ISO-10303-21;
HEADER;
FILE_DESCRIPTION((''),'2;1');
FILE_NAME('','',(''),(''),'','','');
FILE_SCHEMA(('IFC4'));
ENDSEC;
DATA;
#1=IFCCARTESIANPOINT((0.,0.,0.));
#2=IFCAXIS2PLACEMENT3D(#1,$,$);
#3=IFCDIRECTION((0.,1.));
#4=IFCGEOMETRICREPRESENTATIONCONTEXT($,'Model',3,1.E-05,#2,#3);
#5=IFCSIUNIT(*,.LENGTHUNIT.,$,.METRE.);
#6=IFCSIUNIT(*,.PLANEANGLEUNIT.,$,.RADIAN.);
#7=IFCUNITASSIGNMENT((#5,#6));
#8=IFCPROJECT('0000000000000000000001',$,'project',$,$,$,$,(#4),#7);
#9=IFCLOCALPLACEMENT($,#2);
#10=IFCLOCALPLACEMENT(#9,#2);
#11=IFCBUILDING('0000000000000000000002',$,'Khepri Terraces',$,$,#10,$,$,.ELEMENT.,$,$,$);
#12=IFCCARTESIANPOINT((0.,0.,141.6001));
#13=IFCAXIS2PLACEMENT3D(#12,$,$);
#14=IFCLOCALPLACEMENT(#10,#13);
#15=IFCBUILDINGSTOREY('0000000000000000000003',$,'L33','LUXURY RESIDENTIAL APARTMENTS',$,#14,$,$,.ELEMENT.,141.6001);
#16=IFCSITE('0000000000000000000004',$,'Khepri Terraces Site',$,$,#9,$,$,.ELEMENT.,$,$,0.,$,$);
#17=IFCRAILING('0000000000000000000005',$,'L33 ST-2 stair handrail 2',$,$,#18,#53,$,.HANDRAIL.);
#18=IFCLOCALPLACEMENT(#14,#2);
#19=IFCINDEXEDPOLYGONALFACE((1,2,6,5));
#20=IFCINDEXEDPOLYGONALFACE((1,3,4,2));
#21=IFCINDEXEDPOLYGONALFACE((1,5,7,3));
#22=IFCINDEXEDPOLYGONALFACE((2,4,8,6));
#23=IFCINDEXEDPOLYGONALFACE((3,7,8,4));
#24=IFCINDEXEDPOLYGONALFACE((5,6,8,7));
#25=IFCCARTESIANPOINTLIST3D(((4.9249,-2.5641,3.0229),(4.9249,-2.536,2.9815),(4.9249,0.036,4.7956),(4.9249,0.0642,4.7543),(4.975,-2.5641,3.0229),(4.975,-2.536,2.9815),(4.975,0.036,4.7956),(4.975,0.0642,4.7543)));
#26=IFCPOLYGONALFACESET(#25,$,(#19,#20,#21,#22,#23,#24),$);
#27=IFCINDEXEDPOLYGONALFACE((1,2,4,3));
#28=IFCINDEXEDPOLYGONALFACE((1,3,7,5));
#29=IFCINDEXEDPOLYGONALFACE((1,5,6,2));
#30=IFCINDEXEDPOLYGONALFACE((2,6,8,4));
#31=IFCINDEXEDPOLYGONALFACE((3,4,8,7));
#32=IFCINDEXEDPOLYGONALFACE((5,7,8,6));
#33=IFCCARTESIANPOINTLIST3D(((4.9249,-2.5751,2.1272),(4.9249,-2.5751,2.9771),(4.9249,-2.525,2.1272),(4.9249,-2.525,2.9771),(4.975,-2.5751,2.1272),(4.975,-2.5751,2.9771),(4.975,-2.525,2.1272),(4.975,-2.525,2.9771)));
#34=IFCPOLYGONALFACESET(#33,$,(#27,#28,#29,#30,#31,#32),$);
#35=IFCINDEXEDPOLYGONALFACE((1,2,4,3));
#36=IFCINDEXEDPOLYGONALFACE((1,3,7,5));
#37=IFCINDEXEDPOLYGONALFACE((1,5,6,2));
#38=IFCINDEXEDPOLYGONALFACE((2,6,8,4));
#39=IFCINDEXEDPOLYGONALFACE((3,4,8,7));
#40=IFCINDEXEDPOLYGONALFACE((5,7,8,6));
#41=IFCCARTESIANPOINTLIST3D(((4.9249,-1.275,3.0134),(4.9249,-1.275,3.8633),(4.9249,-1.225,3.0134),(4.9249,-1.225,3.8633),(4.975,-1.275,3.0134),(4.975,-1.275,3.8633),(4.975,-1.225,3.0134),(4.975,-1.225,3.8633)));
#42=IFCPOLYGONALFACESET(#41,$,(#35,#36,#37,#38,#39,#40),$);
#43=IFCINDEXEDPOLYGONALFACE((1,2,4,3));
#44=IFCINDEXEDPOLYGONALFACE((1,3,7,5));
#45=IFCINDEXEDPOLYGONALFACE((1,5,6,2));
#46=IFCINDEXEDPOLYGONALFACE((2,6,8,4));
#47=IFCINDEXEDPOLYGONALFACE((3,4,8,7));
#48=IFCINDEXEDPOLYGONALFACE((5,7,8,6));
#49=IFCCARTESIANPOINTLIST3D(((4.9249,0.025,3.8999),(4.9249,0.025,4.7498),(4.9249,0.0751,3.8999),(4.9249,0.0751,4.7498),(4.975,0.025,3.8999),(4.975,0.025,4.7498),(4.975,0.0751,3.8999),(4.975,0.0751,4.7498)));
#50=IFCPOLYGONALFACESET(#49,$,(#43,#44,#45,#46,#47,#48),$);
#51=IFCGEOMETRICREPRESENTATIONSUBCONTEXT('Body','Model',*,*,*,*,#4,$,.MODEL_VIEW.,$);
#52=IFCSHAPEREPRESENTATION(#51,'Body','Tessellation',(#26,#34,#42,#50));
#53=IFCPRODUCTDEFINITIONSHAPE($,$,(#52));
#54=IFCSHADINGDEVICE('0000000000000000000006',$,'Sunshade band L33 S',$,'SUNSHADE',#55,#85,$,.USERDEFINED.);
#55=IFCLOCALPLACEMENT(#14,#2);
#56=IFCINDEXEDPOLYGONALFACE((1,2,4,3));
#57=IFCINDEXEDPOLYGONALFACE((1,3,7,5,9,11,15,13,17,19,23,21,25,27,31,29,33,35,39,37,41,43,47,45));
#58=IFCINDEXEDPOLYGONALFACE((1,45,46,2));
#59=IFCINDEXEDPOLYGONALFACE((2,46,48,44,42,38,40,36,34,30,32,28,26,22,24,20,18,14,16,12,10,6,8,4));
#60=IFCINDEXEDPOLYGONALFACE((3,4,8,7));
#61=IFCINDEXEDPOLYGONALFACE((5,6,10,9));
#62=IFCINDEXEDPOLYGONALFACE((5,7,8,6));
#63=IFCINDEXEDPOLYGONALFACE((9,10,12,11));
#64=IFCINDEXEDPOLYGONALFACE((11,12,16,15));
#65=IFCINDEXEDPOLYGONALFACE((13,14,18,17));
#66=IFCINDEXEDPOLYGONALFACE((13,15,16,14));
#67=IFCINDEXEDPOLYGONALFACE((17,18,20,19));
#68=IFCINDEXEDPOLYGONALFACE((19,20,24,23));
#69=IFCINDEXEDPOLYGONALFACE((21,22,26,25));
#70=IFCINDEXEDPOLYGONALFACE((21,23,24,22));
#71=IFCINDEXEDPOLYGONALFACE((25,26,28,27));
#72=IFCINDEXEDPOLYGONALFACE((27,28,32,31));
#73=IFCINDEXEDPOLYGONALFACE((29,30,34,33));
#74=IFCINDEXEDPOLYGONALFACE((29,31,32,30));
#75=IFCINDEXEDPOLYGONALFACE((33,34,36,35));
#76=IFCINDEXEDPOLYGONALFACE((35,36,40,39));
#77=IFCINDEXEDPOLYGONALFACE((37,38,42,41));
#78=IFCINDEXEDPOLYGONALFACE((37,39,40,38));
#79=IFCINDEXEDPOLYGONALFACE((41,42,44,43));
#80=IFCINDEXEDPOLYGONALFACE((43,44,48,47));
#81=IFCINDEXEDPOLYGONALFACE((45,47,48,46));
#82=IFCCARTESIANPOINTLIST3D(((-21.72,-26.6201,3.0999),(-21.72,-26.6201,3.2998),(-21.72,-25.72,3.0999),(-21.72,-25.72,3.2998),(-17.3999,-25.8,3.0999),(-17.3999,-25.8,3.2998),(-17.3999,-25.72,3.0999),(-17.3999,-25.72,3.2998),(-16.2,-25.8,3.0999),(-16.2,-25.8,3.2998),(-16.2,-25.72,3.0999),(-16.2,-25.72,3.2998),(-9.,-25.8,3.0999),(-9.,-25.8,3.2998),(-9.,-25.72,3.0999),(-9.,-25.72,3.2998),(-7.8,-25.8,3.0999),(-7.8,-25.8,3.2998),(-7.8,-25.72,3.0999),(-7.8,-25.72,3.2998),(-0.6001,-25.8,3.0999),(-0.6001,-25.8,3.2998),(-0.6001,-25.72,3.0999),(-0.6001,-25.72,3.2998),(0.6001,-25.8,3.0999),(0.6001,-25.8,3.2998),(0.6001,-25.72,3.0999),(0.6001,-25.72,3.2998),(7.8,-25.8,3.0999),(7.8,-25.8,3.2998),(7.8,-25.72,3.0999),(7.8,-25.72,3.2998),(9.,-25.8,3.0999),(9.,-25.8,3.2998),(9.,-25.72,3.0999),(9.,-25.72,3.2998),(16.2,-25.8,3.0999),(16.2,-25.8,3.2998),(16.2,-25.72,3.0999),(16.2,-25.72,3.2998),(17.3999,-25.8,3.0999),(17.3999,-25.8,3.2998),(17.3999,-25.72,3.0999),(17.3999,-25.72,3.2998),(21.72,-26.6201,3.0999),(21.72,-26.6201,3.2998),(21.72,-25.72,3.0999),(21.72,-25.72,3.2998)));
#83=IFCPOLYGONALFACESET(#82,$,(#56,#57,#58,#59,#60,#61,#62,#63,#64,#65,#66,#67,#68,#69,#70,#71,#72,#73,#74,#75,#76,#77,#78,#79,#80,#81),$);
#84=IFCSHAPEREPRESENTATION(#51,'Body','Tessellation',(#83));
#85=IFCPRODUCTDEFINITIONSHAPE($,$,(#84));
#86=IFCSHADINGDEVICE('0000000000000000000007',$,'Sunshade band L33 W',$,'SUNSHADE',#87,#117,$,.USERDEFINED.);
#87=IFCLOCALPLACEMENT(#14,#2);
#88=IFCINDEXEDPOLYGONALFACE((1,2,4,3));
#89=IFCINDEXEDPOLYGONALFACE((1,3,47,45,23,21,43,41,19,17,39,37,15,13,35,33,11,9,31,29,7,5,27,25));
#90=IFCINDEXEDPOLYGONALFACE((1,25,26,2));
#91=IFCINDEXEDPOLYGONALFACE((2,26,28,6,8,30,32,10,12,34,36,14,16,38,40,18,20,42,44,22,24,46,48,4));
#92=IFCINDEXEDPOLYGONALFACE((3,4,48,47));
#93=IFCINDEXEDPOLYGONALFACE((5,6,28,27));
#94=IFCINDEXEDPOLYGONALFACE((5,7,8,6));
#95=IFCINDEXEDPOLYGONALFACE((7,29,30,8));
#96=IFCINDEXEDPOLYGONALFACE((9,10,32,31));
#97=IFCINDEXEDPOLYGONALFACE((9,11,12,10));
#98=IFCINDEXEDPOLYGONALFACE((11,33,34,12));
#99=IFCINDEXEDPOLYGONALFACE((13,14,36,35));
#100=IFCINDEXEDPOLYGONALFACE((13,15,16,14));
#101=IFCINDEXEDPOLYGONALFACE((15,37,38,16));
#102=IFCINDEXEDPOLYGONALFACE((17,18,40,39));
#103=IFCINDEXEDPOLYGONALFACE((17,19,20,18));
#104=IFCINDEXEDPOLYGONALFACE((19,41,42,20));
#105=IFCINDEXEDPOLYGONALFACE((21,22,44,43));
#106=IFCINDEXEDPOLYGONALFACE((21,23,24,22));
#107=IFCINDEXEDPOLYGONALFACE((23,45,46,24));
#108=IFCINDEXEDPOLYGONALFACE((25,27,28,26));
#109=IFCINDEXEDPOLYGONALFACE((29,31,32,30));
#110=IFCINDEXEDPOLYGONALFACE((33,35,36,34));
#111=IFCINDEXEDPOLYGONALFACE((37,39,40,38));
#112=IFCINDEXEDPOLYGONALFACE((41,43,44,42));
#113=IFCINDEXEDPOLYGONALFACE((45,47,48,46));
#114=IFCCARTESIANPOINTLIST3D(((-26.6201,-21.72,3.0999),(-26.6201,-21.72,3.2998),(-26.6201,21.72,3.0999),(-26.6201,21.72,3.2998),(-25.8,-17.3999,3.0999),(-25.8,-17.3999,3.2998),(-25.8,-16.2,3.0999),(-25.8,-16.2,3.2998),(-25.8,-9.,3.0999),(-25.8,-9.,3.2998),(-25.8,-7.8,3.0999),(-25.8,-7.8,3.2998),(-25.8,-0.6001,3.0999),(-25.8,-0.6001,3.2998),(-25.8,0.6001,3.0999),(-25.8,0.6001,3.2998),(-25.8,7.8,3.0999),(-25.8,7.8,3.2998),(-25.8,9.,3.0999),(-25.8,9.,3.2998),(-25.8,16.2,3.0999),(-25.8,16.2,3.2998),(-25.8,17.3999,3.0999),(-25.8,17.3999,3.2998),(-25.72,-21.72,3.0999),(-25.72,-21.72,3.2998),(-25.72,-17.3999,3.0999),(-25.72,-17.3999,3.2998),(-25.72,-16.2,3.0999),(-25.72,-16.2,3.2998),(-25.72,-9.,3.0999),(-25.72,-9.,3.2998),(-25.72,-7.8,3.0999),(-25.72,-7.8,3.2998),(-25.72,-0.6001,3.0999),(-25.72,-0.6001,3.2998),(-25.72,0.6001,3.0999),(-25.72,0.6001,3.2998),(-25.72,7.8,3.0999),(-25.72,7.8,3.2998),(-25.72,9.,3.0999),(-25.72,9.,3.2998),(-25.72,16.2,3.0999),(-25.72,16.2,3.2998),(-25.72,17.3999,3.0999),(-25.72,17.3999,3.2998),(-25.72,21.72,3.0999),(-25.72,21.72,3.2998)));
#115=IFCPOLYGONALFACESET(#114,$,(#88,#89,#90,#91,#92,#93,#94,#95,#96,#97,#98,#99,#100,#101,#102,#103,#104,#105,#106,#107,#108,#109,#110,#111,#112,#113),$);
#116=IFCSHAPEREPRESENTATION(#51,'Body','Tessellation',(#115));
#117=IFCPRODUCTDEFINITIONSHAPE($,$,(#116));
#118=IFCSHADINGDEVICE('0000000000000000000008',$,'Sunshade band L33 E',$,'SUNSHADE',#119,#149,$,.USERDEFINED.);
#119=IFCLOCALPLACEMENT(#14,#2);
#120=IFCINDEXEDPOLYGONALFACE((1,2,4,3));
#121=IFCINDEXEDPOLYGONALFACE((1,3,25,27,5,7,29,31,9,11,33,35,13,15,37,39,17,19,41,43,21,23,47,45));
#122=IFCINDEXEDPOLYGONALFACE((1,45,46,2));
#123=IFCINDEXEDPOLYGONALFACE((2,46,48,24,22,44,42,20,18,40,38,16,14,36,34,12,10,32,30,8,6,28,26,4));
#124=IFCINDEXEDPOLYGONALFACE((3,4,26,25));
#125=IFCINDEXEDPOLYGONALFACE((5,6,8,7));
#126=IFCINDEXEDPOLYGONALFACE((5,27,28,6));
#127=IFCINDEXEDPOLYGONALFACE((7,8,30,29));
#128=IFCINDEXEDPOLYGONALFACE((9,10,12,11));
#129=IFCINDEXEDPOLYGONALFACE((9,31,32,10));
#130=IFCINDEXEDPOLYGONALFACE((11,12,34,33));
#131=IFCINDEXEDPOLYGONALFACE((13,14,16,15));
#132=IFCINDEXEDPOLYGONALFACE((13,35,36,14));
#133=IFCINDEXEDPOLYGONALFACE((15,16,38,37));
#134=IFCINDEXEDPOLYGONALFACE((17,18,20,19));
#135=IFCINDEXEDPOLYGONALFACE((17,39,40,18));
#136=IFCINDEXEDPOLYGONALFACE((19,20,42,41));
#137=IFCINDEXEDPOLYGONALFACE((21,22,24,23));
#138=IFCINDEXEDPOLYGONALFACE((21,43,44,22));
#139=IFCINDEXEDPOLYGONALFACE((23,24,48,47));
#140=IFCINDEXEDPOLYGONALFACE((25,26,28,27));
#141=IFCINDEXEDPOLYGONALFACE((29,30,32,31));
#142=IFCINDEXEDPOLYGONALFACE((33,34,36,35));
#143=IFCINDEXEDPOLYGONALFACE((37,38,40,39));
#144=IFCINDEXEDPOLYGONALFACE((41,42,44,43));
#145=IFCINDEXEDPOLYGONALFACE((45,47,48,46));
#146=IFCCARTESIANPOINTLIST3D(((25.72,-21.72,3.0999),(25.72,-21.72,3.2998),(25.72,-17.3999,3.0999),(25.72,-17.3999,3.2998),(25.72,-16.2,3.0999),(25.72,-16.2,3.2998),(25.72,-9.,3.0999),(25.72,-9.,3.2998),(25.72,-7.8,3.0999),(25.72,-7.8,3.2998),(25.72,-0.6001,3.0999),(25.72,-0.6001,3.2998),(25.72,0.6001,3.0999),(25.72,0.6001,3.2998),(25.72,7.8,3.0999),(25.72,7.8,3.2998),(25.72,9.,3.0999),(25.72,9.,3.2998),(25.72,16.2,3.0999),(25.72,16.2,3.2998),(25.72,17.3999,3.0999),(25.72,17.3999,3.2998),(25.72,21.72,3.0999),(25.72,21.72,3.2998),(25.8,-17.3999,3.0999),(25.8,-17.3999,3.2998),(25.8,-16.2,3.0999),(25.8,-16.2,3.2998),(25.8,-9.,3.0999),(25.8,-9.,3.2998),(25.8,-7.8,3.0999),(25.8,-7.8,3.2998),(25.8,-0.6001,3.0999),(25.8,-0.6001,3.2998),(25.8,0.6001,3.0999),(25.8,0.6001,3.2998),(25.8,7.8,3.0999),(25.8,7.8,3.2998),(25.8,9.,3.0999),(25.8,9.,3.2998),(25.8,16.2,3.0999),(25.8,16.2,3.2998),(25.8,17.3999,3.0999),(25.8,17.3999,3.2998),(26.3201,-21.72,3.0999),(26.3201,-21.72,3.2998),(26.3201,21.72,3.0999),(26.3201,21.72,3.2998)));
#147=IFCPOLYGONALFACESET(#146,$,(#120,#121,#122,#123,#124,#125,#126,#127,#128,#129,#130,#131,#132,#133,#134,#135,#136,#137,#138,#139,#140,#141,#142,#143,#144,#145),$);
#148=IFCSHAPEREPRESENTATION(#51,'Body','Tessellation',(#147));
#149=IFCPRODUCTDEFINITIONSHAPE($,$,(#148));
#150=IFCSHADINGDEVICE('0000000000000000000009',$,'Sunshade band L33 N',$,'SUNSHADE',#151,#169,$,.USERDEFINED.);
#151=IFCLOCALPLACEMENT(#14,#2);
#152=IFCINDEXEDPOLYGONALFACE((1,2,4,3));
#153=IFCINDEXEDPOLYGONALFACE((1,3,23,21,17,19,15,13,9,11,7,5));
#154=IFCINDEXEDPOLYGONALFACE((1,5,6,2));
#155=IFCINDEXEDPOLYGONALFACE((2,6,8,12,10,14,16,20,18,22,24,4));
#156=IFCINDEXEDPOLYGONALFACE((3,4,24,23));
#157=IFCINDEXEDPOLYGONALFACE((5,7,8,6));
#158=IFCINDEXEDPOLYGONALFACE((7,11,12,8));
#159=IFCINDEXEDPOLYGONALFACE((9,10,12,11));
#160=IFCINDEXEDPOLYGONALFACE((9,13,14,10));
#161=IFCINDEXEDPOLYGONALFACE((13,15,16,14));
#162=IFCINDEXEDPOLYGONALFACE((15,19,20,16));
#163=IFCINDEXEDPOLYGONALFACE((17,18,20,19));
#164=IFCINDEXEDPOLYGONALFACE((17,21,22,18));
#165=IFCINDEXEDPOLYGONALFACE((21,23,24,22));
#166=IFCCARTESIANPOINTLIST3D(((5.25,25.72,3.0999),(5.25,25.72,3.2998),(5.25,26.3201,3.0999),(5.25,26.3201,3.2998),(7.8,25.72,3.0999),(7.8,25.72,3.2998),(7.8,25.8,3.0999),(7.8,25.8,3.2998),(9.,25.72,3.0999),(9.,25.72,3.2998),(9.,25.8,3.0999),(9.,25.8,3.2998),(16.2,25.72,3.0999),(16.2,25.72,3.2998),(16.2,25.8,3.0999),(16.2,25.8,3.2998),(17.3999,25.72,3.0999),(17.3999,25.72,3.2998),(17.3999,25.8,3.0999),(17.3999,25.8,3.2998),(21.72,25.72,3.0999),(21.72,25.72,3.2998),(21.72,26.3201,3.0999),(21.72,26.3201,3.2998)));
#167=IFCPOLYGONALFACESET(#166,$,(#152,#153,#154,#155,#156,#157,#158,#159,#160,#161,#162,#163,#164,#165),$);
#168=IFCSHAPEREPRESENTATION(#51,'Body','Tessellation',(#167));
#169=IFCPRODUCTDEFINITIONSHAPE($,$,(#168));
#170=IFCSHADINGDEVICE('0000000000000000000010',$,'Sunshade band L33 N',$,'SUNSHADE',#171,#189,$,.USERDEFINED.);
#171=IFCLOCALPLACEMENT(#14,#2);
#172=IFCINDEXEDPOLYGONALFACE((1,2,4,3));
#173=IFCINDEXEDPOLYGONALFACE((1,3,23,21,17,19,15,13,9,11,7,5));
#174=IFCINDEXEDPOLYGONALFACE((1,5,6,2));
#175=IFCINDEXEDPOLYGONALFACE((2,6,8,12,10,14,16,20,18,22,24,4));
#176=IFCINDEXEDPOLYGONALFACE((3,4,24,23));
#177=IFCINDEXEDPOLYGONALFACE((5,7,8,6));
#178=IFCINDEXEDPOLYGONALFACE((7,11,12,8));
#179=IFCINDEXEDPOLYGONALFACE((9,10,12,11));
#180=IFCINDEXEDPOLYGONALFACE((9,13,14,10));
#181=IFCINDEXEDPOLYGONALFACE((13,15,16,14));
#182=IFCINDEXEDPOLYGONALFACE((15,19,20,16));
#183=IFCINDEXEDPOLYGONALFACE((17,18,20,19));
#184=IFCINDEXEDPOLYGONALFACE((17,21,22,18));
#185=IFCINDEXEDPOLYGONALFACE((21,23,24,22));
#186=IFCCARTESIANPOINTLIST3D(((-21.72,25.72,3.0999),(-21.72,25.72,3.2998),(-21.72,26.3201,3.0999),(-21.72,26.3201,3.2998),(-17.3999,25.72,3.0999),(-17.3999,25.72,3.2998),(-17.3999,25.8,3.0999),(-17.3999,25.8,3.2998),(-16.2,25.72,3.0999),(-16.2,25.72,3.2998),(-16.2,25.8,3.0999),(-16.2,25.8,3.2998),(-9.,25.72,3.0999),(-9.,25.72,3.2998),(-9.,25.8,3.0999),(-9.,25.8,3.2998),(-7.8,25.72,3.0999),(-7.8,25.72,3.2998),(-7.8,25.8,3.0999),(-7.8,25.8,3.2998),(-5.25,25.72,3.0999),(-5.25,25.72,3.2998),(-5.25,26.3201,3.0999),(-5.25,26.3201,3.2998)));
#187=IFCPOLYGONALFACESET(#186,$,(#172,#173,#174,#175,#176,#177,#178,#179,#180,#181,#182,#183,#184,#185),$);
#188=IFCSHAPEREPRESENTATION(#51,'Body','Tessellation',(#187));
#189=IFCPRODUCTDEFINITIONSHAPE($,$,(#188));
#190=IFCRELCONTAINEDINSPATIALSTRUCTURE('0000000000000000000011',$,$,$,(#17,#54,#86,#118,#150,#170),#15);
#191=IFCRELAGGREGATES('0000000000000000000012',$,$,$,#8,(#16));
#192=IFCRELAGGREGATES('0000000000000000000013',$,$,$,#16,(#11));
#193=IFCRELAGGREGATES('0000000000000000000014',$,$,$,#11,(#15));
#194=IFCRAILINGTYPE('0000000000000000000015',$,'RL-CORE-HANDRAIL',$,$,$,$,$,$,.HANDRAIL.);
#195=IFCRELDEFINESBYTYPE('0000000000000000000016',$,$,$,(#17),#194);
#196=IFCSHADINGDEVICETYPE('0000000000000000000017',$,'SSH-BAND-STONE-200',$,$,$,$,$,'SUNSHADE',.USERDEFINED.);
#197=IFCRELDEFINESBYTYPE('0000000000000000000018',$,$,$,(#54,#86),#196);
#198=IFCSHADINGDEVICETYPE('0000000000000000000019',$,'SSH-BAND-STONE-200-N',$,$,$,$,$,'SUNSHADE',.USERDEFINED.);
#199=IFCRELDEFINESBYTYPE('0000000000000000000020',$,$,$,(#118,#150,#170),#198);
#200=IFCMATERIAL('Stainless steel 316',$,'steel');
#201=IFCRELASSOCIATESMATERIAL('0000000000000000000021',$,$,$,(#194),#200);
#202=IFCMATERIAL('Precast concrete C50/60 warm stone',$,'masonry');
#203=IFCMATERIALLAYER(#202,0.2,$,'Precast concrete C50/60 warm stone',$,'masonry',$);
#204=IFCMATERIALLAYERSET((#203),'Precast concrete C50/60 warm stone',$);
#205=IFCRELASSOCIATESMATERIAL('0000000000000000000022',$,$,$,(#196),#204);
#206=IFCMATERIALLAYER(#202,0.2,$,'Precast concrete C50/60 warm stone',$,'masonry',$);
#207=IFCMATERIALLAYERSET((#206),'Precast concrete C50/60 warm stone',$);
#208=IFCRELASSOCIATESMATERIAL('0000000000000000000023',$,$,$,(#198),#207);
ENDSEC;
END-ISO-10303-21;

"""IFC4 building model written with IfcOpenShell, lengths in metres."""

from ifc_helpers import new_model, si_unit, direction, frame, origin, origin_2d, place, context, subcontext, project, spatial, polyline, rectangle, outline, extrude, material, layer, layer_set, type_object, element, save


model = new_model("IFC4")

# Units and contexts
model_context = context("Model", 3, precision=1e-05, world=origin(), true_north=direction((0.0, 1.0)))
body_context = subcontext(model_context, "Body", "Model", "MODEL_VIEW")
ifc_project = project(units=[si_unit("LENGTHUNIT", "METRE"), si_unit("PLANEANGLEUNIT", "RADIAN")], contexts=[model_context])

# Site, building, storey
site_placement = place(None, origin())
site = spatial("IfcSite", under=ifc_project, at=site_placement, Name="Khepri Terraces Site", CompositionType="ELEMENT", RefElevation=0.0)
building_placement = place(site_placement, origin())
building = spatial("IfcBuilding", under=site, at=building_placement, Name="Khepri Terraces", CompositionType="ELEMENT")
storey_placement = place(building_placement, frame((0.0, 0.0, 141.6001)))
storey = spatial("IfcBuildingStorey", under=building, at=storey_placement, Name="L33", Description="LUXURY RESIDENTIAL APARTMENTS", CompositionType="ELEMENT", Elevation=141.6001)

# Shared definitions
ifc_material_1 = material(Name="Precast concrete C50/60 warm stone", Category="masonry")

# Railing
ifc_material_2 = material(Name="Stainless steel 316", Category="steel")
railing_type_1 = type_object("IfcRailingType", Name="RL-CORE-HANDRAIL", PredefinedType="HANDRAIL", material=ifc_material_2)
railing_1_placement = place(storey_placement, frame((4.95, -2.55, 2.1272)))
element("IfcRailing", 1, at=railing_1_placement, inside=storey, type_object=railing_type_1, Name="L33 ST-2 stair handrail 2", PredefinedType="HANDRAIL", context=body_context, shape_type="SweptSolid", body=[
    extrude(rectangle(XDim=0.05, YDim=0.05, at=origin_2d()), frame((0.0, 0.0, 0.875), z_axis=(0.0, 0.82624, 0.563318), x_axis=(-1.0, 0.0, 0.0)), (0.0, 0.0, 1.0), 3.147),
    extrude(rectangle(XDim=0.05, YDim=0.05, at=origin_2d()), origin(), (0.0, 0.0, 1.0), 0.8499),
    extrude(rectangle(XDim=0.05, YDim=0.05, at=origin_2d()), frame((0.0, 1.3, 0.8862)), (0.0, 0.0, 1.0), 0.8499),
    extrude(rectangle(XDim=0.05, YDim=0.05, at=origin_2d()), frame((0.0, 2.6001, 1.7727)), (0.0, 0.0, 1.0), 0.8499),
])

# Shading devices
ifc_layer_1 = layer(ifc_material_1, 0.2, Name="Precast concrete C50/60 warm stone", Category="masonry")
ifc_layer_set_1 = layer_set([ifc_layer_1], Name="Precast concrete C50/60 warm stone")
shading_device_type_1 = type_object("IfcShadingDeviceType", Name="SSH-BAND-STONE-200", ElementType="SUNSHADE", PredefinedType="USERDEFINED", material=ifc_layer_set_1)
shading_device_1_placement = place(storey_placement, frame((0.0, 0.0, 3.0999)))
element("IfcShadingDevice", 2, at=shading_device_1_placement, inside=storey, type_object=shading_device_type_1, Name="Sunshade band L33 S", ObjectType="SUNSHADE", PredefinedType="USERDEFINED", context=body_context, shape_type="SweptSolid", body=[
    extrude(outline(polyline([(-17.3999, -25.72), (-21.72, -25.72), (-21.72, -26.6201), (21.72, -26.6201), (21.72, -25.72), (17.3999, -25.72), (17.3999, -25.8), (16.2, -25.8), (16.2, -25.72), (9.0, -25.72), (9.0, -25.8), (7.8, -25.8), (7.8, -25.72), (0.6001, -25.72), (0.6001, -25.8), (-0.6001, -25.8), (-0.6001, -25.72), (-7.8, -25.72), (-7.8, -25.8), (-9.0, -25.8), (-9.0, -25.72), (-16.2, -25.72), (-16.2, -25.8), (-17.3999, -25.8), (-17.3999, -25.72)])), origin(), (0.0, 0.0, 1.0), 0.2),
])
shading_device_2_placement = place(storey_placement, frame((0.0, 0.0, 3.0999)))
element("IfcShadingDevice", 3, at=shading_device_2_placement, inside=storey, type_object=shading_device_type_1, Name="Sunshade band L33 W", ObjectType="SUNSHADE", PredefinedType="USERDEFINED", context=body_context, shape_type="SweptSolid", body=[
    extrude(outline(polyline([(-25.72, 17.3999), (-25.72, 21.72), (-26.6201, 21.72), (-26.6201, -21.72), (-25.72, -21.72), (-25.72, -17.3999), (-25.8, -17.3999), (-25.8, -16.2), (-25.72, -16.2), (-25.72, -9.0), (-25.8, -9.0), (-25.8, -7.8), (-25.72, -7.8), (-25.72, -0.6001), (-25.8, -0.6001), (-25.8, 0.6001), (-25.72, 0.6001), (-25.72, 7.8), (-25.8, 7.8), (-25.8, 9.0), (-25.72, 9.0), (-25.72, 16.2), (-25.8, 16.2), (-25.8, 17.3999), (-25.72, 17.3999)])), origin(), (0.0, 0.0, 1.0), 0.2),
])
ifc_layer_2 = layer(ifc_material_1, 0.2, Name="Precast concrete C50/60 warm stone", Category="masonry")
ifc_layer_set_2 = layer_set([ifc_layer_2], Name="Precast concrete C50/60 warm stone")
shading_device_type_2 = type_object("IfcShadingDeviceType", Name="SSH-BAND-STONE-200-N", ElementType="SUNSHADE", PredefinedType="USERDEFINED", material=ifc_layer_set_2)
shading_device_3_placement = place(storey_placement, frame((0.0, 0.0, 3.0999)))
element("IfcShadingDevice", 4, at=shading_device_3_placement, inside=storey, type_object=shading_device_type_2, Name="Sunshade band L33 E", ObjectType="SUNSHADE", PredefinedType="USERDEFINED", context=body_context, shape_type="SweptSolid", body=[
    extrude(outline(polyline([(25.72, -17.3999), (25.72, -21.72), (26.3201, -21.72), (26.3201, 21.72), (25.72, 21.72), (25.72, 17.3999), (25.8, 17.3999), (25.8, 16.2), (25.72, 16.2), (25.72, 9.0), (25.8, 9.0), (25.8, 7.8), (25.72, 7.8), (25.72, 0.6001), (25.8, 0.6001), (25.8, -0.6001), (25.72, -0.6001), (25.72, -7.8), (25.8, -7.8), (25.8, -9.0), (25.72, -9.0), (25.72, -16.2), (25.8, -16.2), (25.8, -17.3999), (25.72, -17.3999)])), origin(), (0.0, 0.0, 1.0), 0.2),
])
shading_device_4_placement = place(storey_placement, frame((0.0, 0.0, 3.0999)))
element("IfcShadingDevice", 5, at=shading_device_4_placement, inside=storey, type_object=shading_device_type_2, Name="Sunshade band L33 N", ObjectType="SUNSHADE", PredefinedType="USERDEFINED", context=body_context, shape_type="SweptSolid", body=[
    extrude(outline(polyline([(17.3999, 25.72), (21.72, 25.72), (21.72, 26.3201), (5.25, 26.3201), (5.25, 25.72), (7.8, 25.72), (7.8, 25.8), (9.0, 25.8), (9.0, 25.72), (16.2, 25.72), (16.2, 25.8), (17.3999, 25.8), (17.3999, 25.72)])), origin(), (0.0, 0.0, 1.0), 0.2),
])
shading_device_5_placement = place(storey_placement, frame((0.0, 0.0, 3.0999)))
element("IfcShadingDevice", 6, at=shading_device_5_placement, inside=storey, type_object=shading_device_type_2, Name="Sunshade band L33 N", ObjectType="SUNSHADE", PredefinedType="USERDEFINED", context=body_context, shape_type="SweptSolid", body=[
    extrude(outline(polyline([(-7.8, 25.72), (-5.25, 25.72), (-5.25, 26.3201), (-21.72, 26.3201), (-21.72, 25.72), (-17.3999, 25.72), (-17.3999, 25.8), (-16.2, 25.8), (-16.2, 25.72), (-9.0, 25.72), (-9.0, 25.8), (-7.8, 25.8), (-7.8, 25.72)])), origin(), (0.0, 0.0, 1.0), 0.2),
])

save(model, "model.ifc")
